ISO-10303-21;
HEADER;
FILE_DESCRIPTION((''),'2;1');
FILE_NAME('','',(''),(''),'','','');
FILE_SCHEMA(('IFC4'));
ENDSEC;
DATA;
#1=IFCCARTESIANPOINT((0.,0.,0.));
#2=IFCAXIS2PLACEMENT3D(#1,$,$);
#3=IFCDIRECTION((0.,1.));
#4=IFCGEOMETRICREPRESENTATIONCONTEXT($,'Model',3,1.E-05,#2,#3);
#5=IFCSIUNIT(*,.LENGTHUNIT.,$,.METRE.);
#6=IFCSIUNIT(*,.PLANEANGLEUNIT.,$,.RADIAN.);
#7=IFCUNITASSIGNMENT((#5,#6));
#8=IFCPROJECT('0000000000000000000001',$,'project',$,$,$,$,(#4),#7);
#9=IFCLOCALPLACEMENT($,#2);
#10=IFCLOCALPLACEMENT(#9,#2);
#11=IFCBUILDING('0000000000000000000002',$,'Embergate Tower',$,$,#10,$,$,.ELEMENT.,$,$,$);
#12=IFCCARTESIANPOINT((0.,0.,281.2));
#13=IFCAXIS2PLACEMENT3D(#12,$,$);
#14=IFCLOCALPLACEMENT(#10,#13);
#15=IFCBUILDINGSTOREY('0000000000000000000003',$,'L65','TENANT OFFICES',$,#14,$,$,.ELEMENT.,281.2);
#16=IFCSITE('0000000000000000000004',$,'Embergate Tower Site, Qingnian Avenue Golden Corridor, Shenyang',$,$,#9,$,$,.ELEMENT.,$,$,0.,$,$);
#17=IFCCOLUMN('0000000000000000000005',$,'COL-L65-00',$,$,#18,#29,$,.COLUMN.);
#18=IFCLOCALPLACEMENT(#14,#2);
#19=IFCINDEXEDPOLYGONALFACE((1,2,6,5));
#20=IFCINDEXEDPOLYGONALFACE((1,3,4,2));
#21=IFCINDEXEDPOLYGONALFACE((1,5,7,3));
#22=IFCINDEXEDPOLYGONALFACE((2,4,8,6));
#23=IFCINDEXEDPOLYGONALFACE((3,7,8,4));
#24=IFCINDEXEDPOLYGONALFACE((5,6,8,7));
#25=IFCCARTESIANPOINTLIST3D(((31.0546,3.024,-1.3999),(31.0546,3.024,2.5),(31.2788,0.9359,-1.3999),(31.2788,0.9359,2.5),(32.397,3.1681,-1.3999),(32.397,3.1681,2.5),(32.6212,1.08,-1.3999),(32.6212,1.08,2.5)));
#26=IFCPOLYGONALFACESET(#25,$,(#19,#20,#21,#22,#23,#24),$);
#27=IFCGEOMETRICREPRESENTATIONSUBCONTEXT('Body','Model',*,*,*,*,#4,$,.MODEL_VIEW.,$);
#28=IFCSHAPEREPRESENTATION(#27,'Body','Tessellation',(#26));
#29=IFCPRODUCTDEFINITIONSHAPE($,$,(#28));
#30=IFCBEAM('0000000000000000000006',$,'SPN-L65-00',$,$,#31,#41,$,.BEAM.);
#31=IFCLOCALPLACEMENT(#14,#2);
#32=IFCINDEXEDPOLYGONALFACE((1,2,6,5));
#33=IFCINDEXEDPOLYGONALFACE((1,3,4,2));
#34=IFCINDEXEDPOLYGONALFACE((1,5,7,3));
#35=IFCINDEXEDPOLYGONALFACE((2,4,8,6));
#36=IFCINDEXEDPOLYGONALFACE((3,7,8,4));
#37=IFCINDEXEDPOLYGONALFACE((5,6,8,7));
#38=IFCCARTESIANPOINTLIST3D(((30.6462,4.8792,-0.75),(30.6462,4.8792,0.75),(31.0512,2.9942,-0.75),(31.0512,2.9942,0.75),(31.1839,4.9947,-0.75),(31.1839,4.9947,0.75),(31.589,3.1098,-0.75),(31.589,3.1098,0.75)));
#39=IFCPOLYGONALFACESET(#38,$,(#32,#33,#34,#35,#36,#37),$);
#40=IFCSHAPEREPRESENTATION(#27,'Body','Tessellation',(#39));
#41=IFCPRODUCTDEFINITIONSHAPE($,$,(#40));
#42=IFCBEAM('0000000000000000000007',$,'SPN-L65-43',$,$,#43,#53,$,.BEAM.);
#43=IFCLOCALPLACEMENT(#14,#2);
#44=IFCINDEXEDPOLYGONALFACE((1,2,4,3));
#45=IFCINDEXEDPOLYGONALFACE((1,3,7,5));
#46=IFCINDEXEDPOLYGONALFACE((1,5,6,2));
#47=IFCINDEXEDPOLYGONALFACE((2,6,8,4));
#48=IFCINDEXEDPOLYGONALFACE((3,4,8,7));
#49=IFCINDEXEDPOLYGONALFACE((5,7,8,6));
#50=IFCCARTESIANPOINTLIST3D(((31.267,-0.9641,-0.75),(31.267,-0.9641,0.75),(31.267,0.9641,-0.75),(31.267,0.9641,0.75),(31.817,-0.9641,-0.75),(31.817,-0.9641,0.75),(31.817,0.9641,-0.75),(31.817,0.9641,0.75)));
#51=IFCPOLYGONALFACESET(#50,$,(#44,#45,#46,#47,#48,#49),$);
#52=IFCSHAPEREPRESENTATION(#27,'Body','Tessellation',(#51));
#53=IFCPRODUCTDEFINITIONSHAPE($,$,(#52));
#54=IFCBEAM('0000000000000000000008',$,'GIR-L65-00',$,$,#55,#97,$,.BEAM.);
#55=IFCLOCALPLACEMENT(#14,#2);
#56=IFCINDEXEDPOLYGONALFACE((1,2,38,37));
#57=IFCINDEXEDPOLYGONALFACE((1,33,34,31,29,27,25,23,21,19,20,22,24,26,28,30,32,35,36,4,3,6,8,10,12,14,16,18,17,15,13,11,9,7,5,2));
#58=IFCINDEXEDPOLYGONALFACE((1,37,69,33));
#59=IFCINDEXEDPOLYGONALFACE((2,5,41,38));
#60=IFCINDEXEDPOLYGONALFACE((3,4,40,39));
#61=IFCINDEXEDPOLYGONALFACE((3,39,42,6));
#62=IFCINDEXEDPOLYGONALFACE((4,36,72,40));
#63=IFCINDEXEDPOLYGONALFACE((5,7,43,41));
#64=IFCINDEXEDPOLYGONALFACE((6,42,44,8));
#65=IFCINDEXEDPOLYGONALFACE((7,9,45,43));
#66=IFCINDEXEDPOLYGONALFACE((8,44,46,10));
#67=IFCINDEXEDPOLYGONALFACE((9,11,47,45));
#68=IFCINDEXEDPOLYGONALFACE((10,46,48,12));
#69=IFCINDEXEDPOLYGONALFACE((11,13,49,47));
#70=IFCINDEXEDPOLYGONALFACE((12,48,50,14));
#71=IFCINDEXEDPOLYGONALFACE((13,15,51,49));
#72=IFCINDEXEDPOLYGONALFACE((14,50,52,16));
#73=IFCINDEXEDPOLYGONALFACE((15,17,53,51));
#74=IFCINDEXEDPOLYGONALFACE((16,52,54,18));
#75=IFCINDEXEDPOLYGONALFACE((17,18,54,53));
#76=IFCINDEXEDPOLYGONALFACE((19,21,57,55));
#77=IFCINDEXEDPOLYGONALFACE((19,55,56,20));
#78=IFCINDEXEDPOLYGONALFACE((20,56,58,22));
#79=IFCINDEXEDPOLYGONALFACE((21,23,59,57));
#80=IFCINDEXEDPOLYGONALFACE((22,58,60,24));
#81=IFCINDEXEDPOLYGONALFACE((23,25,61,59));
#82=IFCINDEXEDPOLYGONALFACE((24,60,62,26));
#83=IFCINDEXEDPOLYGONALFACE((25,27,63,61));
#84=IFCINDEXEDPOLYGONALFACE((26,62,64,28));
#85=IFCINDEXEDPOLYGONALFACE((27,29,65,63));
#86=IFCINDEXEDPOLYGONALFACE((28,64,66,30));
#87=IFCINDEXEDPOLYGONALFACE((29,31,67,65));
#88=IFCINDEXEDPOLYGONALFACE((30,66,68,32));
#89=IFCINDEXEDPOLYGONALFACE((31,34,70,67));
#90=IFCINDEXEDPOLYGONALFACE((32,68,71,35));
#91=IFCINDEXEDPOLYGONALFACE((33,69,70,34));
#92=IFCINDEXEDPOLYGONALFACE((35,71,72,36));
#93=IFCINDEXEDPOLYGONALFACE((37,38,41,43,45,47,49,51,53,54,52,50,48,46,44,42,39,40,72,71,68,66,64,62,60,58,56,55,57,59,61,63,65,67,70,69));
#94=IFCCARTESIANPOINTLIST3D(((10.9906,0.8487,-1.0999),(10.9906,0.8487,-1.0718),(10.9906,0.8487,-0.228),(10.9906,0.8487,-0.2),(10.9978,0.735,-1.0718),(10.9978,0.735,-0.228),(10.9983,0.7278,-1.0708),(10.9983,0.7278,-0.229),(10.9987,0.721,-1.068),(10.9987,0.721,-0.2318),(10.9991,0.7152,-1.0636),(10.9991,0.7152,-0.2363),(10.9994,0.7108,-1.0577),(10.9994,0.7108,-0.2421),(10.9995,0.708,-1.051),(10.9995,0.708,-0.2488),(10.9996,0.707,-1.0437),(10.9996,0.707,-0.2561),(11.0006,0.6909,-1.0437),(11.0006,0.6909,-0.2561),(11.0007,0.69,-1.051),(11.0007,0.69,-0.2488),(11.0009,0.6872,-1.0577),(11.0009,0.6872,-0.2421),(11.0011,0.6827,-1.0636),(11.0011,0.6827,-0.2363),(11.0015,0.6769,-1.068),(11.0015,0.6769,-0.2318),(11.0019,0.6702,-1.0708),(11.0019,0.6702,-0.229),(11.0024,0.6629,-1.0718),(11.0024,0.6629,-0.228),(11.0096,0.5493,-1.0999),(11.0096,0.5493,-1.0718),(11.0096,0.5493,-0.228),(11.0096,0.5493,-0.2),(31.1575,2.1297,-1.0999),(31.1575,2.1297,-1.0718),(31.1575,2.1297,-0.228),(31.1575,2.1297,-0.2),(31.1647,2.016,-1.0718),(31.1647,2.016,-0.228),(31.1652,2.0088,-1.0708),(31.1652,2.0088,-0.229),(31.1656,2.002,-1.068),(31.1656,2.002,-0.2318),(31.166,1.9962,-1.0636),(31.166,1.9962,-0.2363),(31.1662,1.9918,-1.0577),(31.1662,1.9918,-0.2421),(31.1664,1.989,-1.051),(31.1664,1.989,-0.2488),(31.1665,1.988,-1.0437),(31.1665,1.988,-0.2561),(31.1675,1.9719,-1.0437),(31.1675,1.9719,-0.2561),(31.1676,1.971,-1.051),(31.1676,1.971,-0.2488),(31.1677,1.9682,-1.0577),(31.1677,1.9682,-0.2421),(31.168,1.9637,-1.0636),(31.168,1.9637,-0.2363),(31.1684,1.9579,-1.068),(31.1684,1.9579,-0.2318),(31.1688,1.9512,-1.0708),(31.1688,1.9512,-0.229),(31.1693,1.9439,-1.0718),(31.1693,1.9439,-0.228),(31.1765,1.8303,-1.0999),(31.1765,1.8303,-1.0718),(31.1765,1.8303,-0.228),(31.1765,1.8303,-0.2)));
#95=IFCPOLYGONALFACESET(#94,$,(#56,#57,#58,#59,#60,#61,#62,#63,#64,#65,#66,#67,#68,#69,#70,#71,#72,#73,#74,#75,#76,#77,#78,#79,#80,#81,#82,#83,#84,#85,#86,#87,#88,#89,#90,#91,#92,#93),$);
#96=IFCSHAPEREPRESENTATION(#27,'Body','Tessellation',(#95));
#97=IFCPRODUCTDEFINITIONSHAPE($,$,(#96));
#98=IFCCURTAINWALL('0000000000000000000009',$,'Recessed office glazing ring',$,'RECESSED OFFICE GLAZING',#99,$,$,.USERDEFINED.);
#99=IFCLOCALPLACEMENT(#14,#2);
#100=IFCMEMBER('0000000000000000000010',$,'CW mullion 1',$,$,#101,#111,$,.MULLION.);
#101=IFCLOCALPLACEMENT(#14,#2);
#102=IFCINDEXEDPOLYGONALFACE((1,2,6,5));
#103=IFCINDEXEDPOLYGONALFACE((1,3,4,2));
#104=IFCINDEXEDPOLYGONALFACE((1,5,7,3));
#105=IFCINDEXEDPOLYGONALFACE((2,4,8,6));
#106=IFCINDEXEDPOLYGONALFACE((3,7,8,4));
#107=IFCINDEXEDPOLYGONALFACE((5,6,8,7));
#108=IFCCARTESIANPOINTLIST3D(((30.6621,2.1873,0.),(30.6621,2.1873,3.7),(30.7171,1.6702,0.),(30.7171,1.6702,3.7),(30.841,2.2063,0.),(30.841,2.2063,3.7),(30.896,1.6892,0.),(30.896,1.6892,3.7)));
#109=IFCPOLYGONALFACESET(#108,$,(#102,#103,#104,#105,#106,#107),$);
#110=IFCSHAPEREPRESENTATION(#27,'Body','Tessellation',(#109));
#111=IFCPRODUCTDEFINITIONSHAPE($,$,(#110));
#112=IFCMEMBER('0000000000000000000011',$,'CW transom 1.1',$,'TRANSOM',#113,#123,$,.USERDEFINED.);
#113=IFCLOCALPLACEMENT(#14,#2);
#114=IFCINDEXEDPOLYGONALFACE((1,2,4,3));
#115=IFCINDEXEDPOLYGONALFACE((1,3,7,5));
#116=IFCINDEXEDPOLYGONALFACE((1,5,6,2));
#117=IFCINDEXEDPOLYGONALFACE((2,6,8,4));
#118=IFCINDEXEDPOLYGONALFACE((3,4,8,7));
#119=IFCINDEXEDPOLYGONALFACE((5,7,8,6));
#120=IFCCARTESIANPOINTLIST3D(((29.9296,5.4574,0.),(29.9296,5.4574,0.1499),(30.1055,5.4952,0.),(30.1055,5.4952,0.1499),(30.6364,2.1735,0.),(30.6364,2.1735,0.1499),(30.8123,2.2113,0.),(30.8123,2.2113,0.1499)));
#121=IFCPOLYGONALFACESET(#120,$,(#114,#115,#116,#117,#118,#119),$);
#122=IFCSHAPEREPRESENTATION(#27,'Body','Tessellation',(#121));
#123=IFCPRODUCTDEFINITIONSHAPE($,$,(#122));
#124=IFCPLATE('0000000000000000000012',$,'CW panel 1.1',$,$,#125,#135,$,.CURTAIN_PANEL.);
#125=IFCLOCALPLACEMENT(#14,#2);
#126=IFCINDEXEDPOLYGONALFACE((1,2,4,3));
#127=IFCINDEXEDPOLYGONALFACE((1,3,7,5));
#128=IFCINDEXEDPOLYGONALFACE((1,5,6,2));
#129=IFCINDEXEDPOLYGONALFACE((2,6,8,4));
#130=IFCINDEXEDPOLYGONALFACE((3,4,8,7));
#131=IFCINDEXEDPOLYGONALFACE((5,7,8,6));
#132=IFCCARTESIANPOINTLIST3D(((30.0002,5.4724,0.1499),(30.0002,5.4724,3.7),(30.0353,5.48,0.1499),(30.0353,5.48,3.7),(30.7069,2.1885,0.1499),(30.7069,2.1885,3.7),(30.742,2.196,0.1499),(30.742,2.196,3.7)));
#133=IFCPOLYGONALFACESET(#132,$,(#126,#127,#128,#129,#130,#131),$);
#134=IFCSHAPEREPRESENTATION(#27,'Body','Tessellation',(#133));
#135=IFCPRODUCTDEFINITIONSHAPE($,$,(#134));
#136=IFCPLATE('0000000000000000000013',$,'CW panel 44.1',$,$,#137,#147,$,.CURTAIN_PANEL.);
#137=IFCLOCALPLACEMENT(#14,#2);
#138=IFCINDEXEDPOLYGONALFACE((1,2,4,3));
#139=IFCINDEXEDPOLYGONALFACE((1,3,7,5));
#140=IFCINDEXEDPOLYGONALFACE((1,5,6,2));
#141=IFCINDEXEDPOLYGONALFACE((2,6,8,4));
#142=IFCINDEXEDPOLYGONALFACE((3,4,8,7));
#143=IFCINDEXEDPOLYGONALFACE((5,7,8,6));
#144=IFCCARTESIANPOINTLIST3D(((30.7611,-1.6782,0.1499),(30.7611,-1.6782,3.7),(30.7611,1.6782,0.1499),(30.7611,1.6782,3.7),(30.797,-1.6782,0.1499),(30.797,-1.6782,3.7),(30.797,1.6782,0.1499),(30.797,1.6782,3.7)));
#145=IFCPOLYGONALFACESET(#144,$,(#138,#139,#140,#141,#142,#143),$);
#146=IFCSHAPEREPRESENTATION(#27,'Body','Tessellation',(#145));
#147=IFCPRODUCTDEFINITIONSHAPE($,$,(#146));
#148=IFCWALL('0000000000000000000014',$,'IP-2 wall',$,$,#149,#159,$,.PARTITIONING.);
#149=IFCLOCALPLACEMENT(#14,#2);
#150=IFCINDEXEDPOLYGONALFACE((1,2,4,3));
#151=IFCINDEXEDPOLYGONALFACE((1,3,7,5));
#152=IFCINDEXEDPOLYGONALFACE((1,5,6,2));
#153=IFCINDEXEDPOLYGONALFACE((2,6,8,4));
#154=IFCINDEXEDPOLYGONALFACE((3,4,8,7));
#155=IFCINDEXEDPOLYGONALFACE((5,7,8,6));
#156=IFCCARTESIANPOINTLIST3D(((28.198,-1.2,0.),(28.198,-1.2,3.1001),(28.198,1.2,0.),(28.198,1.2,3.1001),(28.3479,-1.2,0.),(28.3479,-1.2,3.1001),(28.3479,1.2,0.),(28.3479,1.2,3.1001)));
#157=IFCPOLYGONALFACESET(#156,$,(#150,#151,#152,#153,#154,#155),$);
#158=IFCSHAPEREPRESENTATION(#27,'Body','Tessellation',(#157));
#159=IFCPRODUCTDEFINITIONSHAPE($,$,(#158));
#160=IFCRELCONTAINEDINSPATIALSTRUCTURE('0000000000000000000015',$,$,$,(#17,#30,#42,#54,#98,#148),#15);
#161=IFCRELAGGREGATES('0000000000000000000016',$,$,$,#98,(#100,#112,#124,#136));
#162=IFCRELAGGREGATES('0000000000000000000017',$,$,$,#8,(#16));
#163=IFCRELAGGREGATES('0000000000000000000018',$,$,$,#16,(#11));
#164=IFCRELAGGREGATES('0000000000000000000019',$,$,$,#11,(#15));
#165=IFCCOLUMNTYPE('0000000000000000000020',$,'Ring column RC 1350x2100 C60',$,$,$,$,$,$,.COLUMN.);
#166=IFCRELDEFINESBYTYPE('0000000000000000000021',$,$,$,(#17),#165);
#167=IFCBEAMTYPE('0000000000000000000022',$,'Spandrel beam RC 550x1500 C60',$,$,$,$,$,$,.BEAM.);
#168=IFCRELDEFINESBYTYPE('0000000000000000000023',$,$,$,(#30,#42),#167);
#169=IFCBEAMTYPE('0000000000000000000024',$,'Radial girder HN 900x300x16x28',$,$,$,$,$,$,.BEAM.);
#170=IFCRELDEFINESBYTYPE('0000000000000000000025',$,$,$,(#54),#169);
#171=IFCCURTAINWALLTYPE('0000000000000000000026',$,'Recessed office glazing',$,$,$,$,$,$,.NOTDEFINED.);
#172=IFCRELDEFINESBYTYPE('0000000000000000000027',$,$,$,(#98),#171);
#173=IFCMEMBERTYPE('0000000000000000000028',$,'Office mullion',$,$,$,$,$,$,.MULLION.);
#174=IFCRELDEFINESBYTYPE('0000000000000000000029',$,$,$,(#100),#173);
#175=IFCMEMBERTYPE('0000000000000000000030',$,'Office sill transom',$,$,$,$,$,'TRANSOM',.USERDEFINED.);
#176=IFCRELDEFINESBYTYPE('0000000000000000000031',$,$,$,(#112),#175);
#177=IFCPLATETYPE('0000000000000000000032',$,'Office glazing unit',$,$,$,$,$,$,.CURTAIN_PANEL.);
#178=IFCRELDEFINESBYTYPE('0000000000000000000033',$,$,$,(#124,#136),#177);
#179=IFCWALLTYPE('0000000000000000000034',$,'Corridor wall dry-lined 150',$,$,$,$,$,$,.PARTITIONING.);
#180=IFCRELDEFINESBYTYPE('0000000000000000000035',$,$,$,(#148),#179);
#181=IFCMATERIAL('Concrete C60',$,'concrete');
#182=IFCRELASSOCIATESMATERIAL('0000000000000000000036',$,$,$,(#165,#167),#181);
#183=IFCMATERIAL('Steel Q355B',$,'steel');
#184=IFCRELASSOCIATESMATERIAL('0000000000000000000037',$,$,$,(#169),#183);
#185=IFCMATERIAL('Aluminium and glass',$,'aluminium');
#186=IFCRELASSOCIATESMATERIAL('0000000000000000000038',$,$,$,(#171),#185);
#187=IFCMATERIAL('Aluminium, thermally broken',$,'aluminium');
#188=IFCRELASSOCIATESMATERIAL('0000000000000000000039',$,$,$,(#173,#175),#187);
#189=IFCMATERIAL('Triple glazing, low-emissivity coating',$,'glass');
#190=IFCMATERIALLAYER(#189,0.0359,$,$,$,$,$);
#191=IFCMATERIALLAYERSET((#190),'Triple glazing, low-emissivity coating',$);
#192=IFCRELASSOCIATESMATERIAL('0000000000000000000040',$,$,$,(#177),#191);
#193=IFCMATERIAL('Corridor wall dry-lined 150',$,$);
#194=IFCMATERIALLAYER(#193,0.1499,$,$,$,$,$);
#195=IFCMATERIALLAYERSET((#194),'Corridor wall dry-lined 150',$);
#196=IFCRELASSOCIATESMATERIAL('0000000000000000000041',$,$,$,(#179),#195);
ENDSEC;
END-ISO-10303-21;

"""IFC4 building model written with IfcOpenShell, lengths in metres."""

from ifc_helpers import new_model, si_unit, direction, frame, frame_2d, origin, origin_2d, place, context, subcontext, project, spatial, rectangle, i_section, extrude, source, transform, mapped, material, layer, layer_set, material_profile, profile_set, type_object, element, aggregate, save


model = new_model("IFC4")

# Units and contexts
model_context = context("Model", 3, precision=1e-05, world=origin(), true_north=direction((0.0, 1.0)))
body_context = subcontext(model_context, "Body", "Model", "MODEL_VIEW")
ifc_project = project(units=[si_unit("LENGTHUNIT", "METRE"), si_unit("PLANEANGLEUNIT", "RADIAN")], contexts=[model_context])

# Site, building, storey
site_placement = place(None, origin())
site = spatial("IfcSite", under=ifc_project, at=site_placement, Name="Embergate Tower Site, Qingnian Avenue Golden Corridor, Shenyang", CompositionType="ELEMENT", RefElevation=0.0)
building_placement = place(site_placement, origin())
building = spatial("IfcBuilding", under=site, at=building_placement, Name="Embergate Tower", CompositionType="ELEMENT")
storey_placement = place(building_placement, frame((0.0, 0.0, 281.2)))
storey = spatial("IfcBuildingStorey", under=building, at=storey_placement, Name="L65", Description="TENANT OFFICES", CompositionType="ELEMENT", Elevation=281.2)

# Column
ifc_material_1 = material(Name="Concrete C60", Category="concrete")
ifc_material_profile_1 = material_profile(ifc_material_1, rectangle(XDim=1.3501, YDim=2.1001, at=origin_2d()), Name="RC 1350x2100")
ifc_profile_set_1 = profile_set([ifc_material_profile_1], Name="Concrete C60")
column_type = type_object("IfcColumnType", Name="Ring column RC 1350x2100 C60", PredefinedType="COLUMN", material=ifc_profile_set_1)
shared_shape_1 = source(origin(), body_context, "Body", "SweptSolid", [
    extrude(rectangle(XDim=1.3501, YDim=2.1001, at=origin_2d()), origin(), (0.0, 0.0, 1.0), 3.8999),
])
column_placement = place(storey_placement, frame((31.8379, 2.052, -1.3999), z_axis=(0.0, 0.0, 1.0), x_axis=(0.994286, 0.10675, 0.0)))
element("IfcColumn", 1, at=column_placement, inside=storey, type_object=column_type, Name="COL-L65-00", PredefinedType="COLUMN", context=body_context, shape_type="MappedRepresentation", body=[
    mapped(shared_shape_1, transform((0.0, 0.0, 0.0))),
])

# Beams
ifc_material_profile_2 = material_profile(ifc_material_1, rectangle(XDim=0.55, YDim=1.5, at=origin_2d()), Name="RC 550x1500")
ifc_profile_set_2 = profile_set([ifc_material_profile_2], Name="Concrete C60")
beam_type_1 = type_object("IfcBeamType", Name="Spandrel beam RC 550x1500 C60", PredefinedType="BEAM", material=ifc_profile_set_2)
shared_shape_2 = source(origin(), body_context, "Body", "SweptSolid", [
    extrude(rectangle(XDim=0.55, YDim=1.5, at=origin_2d()), origin(), (0.0, 0.0, 1.0), 1.928),
])
beam_1_placement = place(storey_placement, frame((31.3201, 3.052, 0.0), z_axis=(-0.210074, 0.977686, 0.0), x_axis=(-0.977686, -0.210074, 0.0)))
element("IfcBeam", 2, at=beam_1_placement, inside=storey, type_object=beam_type_1, Name="SPN-L65-00", PredefinedType="BEAM", context=body_context, shape_type="MappedRepresentation", body=[
    mapped(shared_shape_2, transform((0.0, 0.0, 0.0))),
])
shared_shape_3 = source(origin(), body_context, "Body", "SweptSolid", [
    extrude(rectangle(XDim=0.55, YDim=1.5, at=origin_2d()), origin(), (0.0, 0.0, 1.0), 1.9282),
])
beam_2_placement = place(storey_placement, frame((31.542, -0.9641, 0.0), z_axis=(0.0, 1.0, 0.0), x_axis=(-1.0, 0.0, 0.0)))
element("IfcBeam", 3, at=beam_2_placement, inside=storey, type_object=beam_type_1, Name="SPN-L65-43", PredefinedType="BEAM", context=body_context, shape_type="MappedRepresentation", body=[
    mapped(shared_shape_3, transform((0.0, 0.0, 0.0))),
])
ifc_material_2 = material(Name="Steel Q355B", Category="steel")
ifc_material_profile_3 = material_profile(ifc_material_2, i_section(OverallWidth=0.3, OverallDepth=0.8999, WebThickness=0.0161, FlangeThickness=0.0281, FilletRadius=0.0281, at=origin_2d()), Name="HN 900x300x16x28")
ifc_profile_set_3 = profile_set([ifc_material_profile_3], Name="Steel Q355 grade B")
beam_type_2 = type_object("IfcBeamType", Name="Radial girder HN 900x300x16x28", PredefinedType="BEAM", material=ifc_profile_set_3)
shared_shape_4 = source(origin(), body_context, "Body", "SweptSolid", [
    extrude(i_section(OverallWidth=0.3, OverallDepth=0.8999, WebThickness=0.0161, FlangeThickness=0.0281, FilletRadius=0.0281, at=origin_2d()), origin(), (0.0, 0.0, 1.0), 20.2075),
])
beam_3_placement = place(storey_placement, frame((31.167, 1.98, -0.6499), z_axis=(-0.997989, -0.063392, 0.0), x_axis=(0.063392, -0.997989, 0.0)))
element("IfcBeam", 4, at=beam_3_placement, inside=storey, type_object=beam_type_2, Name="GIR-L65-00", PredefinedType="BEAM", context=body_context, shape_type="MappedRepresentation", body=[
    mapped(shared_shape_4, transform((0.0, 0.0, 0.0))),
])

# Curtain wall, members, plates
ifc_material_3 = material(Name="Aluminium and glass", Category="aluminium")
curtain_wall_type = type_object("IfcCurtainWallType", Name="Recessed office glazing", PredefinedType="NOTDEFINED", material=ifc_material_3)
curtain_wall_placement = place(storey_placement, origin())
curtain_wall = element("IfcCurtainWall", 5, at=curtain_wall_placement, inside=storey, type_object=curtain_wall_type, Name="Recessed office glazing ring", ObjectType="RECESSED OFFICE GLAZING", PredefinedType="USERDEFINED")
ifc_material_4 = material(Name="Aluminium, thermally broken", Category="aluminium")
ifc_material_profile_4 = material_profile(ifc_material_4, rectangle(XDim=0.1799, YDim=0.52, at=origin_2d()), Name="AL 520x180")
ifc_profile_set_4 = profile_set([ifc_material_profile_4], Name="Aluminium, thermally broken")
member_type_1 = type_object("IfcMemberType", Name="Office mullion", PredefinedType="MULLION", material=ifc_profile_set_4)
shared_shape_5 = source(origin(), body_context, "Body", "SweptSolid", [
    extrude(rectangle(XDim=0.1799, YDim=0.52, at=origin_2d()), origin(), (0.0, 0.0, 1.0), 3.7),
])
member_1_placement = place(storey_placement, frame((30.7791, 1.9382, 0.0), z_axis=(0.0, 0.0, 1.0), x_axis=(-0.994384, -0.10583, 0.0)))
member_1 = element("IfcMember", 6, at=member_1_placement, type_object=member_type_1, Name="CW mullion 1", PredefinedType="MULLION", context=body_context, shape_type="MappedRepresentation", body=[
    mapped(shared_shape_5, transform((0.0, 0.0, 0.0))),
])
ifc_material_profile_5 = material_profile(ifc_material_4, rectangle(XDim=0.1799, YDim=0.1499, at=origin_2d()), Name="AL 150x180")
ifc_profile_set_5 = profile_set([ifc_material_profile_5], Name="Aluminium, thermally broken")
member_type_2 = type_object("IfcMemberType", Name="Office sill transom", ElementType="TRANSOM", PredefinedType="USERDEFINED", material=ifc_profile_set_5)
shared_shape_6 = source(origin(), body_context, "Body", "SweptSolid", [
    extrude(rectangle(XDim=0.1799, YDim=0.1499, at=origin_2d()), origin(), (0.0, 0.0, 1.0), 3.3591),
])
member_2_placement = place(storey_placement, frame((30.7244, 2.1924, 0.075), z_axis=(-0.210408, 0.977614, 0.0), x_axis=(-0.977614, -0.210408, 0.0)))
member_2 = element("IfcMember", 7, at=member_2_placement, type_object=member_type_2, Name="CW transom 1.1", ObjectType="TRANSOM", PredefinedType="USERDEFINED", context=body_context, shape_type="MappedRepresentation", body=[
    mapped(shared_shape_6, transform((0.0, 0.0, 0.0))),
])
ifc_material_5 = material(Name="Triple glazing, low-emissivity coating", Category="glass")
ifc_layer_1 = layer(ifc_material_5, 0.0359)
ifc_layer_set_1 = layer_set([ifc_layer_1], Name="Triple glazing, low-emissivity coating")
plate_type = type_object("IfcPlateType", Name="Office glazing unit", PredefinedType="CURTAIN_PANEL", material=ifc_layer_set_1)
shared_shape_7 = source(origin(), body_context, "Body", "SweptSolid", [
    extrude(rectangle(XDim=3.3591, YDim=0.0359, at=origin_2d()), origin(), (0.0, 0.0, 1.0), 3.55),
])
plate_1_placement = place(storey_placement, frame((30.3711, 3.8342, 0.1499), z_axis=(0.0, 0.0, 1.0), x_axis=(-0.210402, 0.977615, 0.0)))
plate_1 = element("IfcPlate", 8, at=plate_1_placement, type_object=plate_type, Name="CW panel 1.1", PredefinedType="CURTAIN_PANEL", context=body_context, shape_type="MappedRepresentation", body=[
    mapped(shared_shape_7, transform((0.0, 0.0, 0.0))),
])
shared_shape_8 = source(origin(), body_context, "Body", "SweptSolid", [
    extrude(rectangle(XDim=3.3564, YDim=0.0359, at=origin_2d()), origin(), (0.0, 0.0, 1.0), 3.55),
])
plate_2_placement = place(storey_placement, frame((30.7791, 0.0, 0.1499), z_axis=(0.0, 0.0, 1.0), x_axis=(0.0, 1.0, 0.0)))
plate_2 = element("IfcPlate", 9, at=plate_2_placement, type_object=plate_type, Name="CW panel 44.1", PredefinedType="CURTAIN_PANEL", context=body_context, shape_type="MappedRepresentation", body=[
    mapped(shared_shape_8, transform((0.0, 0.0, 0.0))),
])
aggregate(curtain_wall, [member_1, member_2, plate_1, plate_2])

# Wall
ifc_material_6 = material(Name="Corridor wall dry-lined 150")
ifc_layer_2 = layer(ifc_material_6, 0.1499)
ifc_layer_set_2 = layer_set([ifc_layer_2], Name="Corridor wall dry-lined 150")
wall_type = type_object("IfcWallType", Name="Corridor wall dry-lined 150", PredefinedType="PARTITIONING", material=ifc_layer_set_2)
shared_shape_9 = source(origin(), body_context, "Body", "SweptSolid", [
    extrude(rectangle(XDim=2.3999, YDim=0.1499, at=frame_2d((1.2, 0.0))), origin(), (0.0, 0.0, 1.0), 3.1001),
])
wall_1_placement = place(storey_placement, frame((28.2729, -1.2, 0.0), z_axis=(0.0, 0.0, 1.0), x_axis=(0.0, 1.0, 0.0)))
element("IfcWall", 10, at=wall_1_placement, inside=storey, type_object=wall_type, Name="IP-2 wall", PredefinedType="PARTITIONING", context=body_context, shape_type="MappedRepresentation", body=[
    mapped(shared_shape_9, transform((0.0, 0.0, 0.0))),
])

save(model, "model.ifc")
